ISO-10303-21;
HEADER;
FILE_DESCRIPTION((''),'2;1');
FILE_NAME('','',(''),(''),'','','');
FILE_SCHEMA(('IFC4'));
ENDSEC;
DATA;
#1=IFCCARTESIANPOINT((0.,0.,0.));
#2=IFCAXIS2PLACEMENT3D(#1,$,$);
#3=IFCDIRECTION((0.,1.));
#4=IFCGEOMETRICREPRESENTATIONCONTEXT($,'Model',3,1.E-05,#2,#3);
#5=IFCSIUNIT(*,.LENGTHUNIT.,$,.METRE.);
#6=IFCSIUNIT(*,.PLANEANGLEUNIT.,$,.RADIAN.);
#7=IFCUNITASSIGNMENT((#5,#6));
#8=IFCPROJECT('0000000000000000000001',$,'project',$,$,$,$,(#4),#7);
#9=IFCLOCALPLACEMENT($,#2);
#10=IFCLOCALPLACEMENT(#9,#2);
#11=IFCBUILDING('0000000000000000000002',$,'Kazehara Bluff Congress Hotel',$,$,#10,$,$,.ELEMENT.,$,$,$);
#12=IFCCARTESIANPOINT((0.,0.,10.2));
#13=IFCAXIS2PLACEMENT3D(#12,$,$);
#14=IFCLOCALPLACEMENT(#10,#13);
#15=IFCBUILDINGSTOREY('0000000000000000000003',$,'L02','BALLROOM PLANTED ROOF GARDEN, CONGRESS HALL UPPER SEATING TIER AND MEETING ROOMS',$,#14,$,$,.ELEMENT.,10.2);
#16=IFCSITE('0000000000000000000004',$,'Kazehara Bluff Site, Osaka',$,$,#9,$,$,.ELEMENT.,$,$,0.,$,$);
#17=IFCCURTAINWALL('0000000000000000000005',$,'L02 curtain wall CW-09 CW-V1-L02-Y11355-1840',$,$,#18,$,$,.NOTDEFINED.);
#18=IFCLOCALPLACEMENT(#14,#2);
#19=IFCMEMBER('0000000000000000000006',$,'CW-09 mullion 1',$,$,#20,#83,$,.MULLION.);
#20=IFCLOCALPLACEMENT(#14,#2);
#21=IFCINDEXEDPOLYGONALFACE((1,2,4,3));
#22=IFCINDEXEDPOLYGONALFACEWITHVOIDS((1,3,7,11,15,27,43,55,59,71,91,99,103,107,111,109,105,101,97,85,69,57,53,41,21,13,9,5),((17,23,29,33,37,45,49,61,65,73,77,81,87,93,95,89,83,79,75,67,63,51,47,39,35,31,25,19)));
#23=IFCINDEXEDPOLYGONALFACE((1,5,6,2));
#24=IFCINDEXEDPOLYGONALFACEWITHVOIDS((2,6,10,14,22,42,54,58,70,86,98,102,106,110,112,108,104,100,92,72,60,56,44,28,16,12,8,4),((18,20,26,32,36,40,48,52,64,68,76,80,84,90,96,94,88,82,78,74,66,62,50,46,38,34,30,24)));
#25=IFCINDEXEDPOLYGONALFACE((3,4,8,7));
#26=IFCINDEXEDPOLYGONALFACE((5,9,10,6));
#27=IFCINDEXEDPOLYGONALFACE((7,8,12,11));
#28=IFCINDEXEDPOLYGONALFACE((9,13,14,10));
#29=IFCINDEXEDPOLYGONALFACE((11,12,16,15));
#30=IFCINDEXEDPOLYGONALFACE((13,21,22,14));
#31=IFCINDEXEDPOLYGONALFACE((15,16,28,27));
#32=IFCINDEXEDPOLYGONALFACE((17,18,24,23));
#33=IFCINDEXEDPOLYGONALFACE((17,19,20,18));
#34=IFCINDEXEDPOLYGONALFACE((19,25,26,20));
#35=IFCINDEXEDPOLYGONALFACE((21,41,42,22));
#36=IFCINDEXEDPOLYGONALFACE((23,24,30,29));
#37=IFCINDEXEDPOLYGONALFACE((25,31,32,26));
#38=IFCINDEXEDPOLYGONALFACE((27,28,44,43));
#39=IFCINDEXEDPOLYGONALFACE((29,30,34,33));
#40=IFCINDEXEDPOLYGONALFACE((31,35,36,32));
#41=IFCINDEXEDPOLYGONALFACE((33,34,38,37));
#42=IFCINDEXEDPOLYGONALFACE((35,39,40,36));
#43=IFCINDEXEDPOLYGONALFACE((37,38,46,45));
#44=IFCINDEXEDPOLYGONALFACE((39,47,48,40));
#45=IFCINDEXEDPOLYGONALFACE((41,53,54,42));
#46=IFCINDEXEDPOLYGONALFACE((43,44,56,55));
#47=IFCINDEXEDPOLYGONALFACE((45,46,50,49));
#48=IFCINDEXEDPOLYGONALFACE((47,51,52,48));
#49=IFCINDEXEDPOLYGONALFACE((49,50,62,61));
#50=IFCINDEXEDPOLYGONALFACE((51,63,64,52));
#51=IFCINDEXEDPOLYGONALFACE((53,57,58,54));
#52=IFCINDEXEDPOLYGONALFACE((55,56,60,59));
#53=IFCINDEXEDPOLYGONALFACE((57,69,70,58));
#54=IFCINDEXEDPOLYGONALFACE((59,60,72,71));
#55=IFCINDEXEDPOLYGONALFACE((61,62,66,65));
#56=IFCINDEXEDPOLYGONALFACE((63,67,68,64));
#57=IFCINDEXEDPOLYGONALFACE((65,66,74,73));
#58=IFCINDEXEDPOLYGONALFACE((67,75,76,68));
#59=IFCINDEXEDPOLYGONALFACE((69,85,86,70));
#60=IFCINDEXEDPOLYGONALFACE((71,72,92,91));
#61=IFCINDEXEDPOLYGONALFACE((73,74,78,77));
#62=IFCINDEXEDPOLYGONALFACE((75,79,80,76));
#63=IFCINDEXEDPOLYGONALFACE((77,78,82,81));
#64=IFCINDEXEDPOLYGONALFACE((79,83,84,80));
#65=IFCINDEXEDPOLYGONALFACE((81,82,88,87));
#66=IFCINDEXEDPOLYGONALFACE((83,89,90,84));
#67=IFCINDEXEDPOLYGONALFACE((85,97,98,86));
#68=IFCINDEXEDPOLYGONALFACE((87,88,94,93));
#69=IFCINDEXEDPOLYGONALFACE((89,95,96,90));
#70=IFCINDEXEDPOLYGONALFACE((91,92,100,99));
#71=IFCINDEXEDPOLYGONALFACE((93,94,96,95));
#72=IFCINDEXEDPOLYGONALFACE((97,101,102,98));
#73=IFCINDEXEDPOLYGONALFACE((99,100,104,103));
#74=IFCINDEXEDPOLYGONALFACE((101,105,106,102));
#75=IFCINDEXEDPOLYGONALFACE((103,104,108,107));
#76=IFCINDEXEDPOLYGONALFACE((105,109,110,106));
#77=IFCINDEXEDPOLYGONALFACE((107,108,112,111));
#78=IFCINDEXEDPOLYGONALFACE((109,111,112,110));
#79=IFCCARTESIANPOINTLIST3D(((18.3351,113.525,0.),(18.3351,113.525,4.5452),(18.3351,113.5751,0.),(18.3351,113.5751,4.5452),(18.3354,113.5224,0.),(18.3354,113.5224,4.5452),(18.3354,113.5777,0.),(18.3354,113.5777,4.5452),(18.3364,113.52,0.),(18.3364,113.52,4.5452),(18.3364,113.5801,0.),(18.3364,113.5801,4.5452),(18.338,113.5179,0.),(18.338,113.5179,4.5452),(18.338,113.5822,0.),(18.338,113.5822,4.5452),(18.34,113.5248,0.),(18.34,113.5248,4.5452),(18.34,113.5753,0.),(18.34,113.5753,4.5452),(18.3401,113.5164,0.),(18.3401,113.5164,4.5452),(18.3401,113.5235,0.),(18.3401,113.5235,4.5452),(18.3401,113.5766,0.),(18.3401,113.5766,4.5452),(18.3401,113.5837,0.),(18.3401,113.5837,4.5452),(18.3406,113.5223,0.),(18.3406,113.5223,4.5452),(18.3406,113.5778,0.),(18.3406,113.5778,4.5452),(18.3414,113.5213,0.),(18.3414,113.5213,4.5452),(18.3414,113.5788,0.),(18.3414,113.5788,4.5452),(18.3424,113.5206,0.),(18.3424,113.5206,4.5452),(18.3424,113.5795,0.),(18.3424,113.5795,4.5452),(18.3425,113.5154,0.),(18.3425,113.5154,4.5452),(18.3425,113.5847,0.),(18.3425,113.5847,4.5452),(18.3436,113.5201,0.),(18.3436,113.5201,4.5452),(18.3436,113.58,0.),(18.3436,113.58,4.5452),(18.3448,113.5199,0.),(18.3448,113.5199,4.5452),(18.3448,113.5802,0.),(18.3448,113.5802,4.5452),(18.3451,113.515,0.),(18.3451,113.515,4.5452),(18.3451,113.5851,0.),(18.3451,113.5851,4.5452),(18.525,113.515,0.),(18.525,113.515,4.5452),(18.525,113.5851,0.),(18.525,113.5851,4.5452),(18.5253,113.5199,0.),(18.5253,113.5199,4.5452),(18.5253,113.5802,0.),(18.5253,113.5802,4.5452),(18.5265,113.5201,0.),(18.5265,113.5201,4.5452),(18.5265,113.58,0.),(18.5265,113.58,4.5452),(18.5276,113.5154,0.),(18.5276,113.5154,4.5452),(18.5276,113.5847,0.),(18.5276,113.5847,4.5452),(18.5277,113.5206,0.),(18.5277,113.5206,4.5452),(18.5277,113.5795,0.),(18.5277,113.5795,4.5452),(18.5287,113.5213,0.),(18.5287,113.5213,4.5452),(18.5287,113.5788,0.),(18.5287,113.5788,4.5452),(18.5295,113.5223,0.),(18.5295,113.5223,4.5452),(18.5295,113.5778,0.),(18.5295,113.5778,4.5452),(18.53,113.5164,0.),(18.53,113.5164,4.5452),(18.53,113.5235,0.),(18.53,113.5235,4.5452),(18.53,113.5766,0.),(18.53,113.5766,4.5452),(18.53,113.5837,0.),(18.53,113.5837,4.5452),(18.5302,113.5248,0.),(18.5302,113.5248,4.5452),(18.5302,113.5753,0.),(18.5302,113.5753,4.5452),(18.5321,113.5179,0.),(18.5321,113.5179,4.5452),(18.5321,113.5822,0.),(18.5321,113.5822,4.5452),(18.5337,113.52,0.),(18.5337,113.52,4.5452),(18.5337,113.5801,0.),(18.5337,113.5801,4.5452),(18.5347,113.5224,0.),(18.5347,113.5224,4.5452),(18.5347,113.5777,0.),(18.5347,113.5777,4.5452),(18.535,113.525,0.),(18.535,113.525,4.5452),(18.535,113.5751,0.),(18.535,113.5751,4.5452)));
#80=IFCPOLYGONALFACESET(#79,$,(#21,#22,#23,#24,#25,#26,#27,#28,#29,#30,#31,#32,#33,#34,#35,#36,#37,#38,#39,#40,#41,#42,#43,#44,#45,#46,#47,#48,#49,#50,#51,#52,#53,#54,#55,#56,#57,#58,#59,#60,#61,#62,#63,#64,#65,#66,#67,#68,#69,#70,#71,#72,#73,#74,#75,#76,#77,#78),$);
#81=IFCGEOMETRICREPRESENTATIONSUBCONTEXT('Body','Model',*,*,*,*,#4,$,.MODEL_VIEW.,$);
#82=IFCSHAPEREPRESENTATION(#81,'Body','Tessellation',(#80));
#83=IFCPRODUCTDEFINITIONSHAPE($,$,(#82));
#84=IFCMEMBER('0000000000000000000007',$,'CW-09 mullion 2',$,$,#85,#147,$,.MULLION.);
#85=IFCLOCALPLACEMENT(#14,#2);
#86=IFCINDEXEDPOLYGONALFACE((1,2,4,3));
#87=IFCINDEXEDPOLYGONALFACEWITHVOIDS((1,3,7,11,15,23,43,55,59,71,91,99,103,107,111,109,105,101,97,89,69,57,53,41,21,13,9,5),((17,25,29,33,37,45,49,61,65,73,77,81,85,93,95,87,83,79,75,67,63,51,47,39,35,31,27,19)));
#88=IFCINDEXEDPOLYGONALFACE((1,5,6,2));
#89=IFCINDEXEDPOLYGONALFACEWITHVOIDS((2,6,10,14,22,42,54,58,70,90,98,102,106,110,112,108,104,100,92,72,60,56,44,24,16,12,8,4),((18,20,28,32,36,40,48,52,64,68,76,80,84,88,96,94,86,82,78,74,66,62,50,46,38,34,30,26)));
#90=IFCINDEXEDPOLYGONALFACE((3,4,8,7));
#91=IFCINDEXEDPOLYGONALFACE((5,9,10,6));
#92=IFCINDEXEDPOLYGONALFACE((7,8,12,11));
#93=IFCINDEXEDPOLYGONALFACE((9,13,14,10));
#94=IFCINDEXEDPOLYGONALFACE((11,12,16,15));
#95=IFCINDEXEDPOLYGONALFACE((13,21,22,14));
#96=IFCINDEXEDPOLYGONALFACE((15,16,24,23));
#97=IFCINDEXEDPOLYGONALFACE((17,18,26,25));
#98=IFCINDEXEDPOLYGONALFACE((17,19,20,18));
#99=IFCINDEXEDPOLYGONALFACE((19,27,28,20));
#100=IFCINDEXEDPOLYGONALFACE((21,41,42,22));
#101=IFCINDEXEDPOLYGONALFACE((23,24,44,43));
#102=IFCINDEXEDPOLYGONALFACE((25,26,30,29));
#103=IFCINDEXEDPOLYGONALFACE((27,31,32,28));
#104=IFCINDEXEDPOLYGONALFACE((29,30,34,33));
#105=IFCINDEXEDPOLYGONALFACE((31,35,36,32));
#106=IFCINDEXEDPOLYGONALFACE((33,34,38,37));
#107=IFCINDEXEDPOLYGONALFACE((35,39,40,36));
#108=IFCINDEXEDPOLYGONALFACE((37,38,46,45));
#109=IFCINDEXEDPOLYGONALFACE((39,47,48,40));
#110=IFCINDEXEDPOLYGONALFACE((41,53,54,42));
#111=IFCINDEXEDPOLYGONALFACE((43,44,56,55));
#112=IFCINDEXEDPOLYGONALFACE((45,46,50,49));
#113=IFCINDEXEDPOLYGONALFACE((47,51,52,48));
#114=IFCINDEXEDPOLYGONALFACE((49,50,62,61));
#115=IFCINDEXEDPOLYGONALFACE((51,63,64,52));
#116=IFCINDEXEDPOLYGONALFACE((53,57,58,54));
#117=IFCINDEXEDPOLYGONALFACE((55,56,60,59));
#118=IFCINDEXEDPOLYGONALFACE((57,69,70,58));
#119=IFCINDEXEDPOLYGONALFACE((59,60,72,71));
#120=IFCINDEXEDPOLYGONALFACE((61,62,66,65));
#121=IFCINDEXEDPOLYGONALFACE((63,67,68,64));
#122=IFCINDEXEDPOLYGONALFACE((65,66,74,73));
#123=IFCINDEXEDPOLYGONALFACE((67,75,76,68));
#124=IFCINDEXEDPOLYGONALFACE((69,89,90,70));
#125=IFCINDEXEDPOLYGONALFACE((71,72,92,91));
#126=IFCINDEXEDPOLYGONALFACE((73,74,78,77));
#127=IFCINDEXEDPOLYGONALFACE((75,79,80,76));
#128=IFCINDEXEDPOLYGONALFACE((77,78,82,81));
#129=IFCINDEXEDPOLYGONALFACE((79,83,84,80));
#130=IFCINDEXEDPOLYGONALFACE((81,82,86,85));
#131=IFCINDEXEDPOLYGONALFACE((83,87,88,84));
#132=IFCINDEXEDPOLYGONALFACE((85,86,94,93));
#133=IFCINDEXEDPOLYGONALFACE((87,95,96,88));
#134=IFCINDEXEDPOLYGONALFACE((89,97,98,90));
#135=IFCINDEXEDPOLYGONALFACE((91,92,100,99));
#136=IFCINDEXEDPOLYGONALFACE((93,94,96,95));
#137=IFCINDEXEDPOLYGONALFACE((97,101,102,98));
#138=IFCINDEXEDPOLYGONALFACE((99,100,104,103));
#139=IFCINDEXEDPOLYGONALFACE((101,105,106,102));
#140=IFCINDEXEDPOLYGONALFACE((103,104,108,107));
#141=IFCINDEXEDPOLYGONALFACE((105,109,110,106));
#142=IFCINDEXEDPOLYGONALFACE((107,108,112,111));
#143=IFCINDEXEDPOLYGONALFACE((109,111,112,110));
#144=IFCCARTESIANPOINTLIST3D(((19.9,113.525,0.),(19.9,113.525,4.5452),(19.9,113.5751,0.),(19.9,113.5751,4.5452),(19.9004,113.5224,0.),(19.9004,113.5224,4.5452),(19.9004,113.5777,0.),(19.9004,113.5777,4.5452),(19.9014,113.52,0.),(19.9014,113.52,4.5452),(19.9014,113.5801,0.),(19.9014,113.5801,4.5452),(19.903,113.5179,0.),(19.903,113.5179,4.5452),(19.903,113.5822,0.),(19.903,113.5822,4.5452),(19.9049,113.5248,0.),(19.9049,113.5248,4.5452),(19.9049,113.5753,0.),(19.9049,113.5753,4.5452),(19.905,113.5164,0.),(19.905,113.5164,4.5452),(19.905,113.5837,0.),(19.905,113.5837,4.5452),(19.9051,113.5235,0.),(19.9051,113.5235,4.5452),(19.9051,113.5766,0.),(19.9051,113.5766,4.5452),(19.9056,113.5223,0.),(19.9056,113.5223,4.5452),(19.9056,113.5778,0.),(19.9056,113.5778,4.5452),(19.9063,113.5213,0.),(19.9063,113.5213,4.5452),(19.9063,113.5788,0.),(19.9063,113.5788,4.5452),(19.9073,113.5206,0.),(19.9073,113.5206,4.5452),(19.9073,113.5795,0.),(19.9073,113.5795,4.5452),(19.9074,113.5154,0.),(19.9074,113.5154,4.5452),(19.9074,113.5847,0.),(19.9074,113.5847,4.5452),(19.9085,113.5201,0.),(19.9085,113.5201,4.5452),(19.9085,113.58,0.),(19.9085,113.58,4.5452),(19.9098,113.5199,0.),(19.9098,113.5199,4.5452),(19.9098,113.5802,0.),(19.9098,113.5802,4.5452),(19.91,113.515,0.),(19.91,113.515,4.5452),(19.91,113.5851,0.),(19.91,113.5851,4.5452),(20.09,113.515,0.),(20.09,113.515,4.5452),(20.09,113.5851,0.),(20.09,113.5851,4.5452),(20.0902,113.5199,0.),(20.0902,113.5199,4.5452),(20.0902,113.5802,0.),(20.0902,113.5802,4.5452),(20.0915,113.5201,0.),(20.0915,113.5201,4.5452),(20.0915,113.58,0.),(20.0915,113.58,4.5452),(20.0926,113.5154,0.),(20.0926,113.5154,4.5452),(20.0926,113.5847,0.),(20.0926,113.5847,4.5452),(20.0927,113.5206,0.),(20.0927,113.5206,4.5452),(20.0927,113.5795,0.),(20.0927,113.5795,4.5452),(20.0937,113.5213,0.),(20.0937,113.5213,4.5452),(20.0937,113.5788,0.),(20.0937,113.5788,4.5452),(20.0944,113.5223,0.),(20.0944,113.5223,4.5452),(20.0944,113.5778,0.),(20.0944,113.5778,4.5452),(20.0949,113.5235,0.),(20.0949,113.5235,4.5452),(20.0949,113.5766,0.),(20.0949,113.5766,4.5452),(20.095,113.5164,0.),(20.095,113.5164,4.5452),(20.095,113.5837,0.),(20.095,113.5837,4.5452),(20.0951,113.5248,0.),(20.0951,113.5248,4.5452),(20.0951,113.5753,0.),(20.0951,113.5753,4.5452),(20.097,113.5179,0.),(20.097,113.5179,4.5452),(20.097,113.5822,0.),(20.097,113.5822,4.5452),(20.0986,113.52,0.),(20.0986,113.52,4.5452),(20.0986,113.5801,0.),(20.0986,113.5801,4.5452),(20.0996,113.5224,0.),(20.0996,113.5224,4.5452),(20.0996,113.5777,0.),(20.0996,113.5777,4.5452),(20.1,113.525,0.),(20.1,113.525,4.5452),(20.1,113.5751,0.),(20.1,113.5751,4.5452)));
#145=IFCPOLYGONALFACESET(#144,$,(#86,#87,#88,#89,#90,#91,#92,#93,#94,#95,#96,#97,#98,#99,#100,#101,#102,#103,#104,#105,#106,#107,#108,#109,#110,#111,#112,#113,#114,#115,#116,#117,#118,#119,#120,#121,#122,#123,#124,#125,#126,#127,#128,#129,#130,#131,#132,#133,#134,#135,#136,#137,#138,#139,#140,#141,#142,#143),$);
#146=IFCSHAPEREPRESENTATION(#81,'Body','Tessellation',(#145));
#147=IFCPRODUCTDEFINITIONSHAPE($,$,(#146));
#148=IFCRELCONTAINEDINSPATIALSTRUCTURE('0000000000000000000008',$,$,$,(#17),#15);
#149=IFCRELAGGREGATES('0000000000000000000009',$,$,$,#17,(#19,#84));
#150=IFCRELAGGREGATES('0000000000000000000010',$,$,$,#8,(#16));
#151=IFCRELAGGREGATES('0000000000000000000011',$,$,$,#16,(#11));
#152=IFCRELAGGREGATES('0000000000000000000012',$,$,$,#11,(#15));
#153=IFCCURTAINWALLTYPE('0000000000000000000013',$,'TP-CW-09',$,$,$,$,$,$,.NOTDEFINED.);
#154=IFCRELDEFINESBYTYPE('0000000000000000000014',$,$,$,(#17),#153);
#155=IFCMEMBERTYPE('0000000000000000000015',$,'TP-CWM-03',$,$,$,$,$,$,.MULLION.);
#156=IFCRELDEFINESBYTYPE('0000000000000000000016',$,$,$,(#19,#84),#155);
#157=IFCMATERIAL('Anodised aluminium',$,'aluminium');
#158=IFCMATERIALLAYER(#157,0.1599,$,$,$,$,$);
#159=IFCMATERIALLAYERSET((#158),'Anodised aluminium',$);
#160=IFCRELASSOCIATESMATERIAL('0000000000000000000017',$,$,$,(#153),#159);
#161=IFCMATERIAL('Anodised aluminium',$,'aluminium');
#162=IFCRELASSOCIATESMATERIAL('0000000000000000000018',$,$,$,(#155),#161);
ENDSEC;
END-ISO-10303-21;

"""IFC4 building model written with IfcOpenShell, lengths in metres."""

from ifc_helpers import new_model, si_unit, direction, frame, origin, origin_2d, place, context, subcontext, project, spatial, hollow_rectangle, extrude, material, layer, layer_set, material_profile, profile_set, type_object, element, aggregate, save


model = new_model("IFC4")

# Units and contexts
model_context = context("Model", 3, precision=1e-05, world=origin(), true_north=direction((0.0, 1.0)))
body_context = subcontext(model_context, "Body", "Model", "MODEL_VIEW")
ifc_project = project(units=[si_unit("LENGTHUNIT", "METRE"), si_unit("PLANEANGLEUNIT", "RADIAN")], contexts=[model_context])

# Site, building, storey
site_placement = place(None, origin())
site = spatial("IfcSite", under=ifc_project, at=site_placement, Name="Kazehara Bluff Site, Osaka", CompositionType="ELEMENT", RefElevation=0.0)
building_placement = place(site_placement, origin())
building = spatial("IfcBuilding", under=site, at=building_placement, Name="Kazehara Bluff Congress Hotel", CompositionType="ELEMENT")
storey_placement = place(building_placement, frame((0.0, 0.0, 10.2)))
storey = spatial("IfcBuildingStorey", under=building, at=storey_placement, Name="L02", Description="BALLROOM PLANTED ROOF GARDEN, CONGRESS HALL UPPER SEATING TIER AND MEETING ROOMS", CompositionType="ELEMENT", Elevation=10.2)

# Curtain wall, members
ifc_material_1 = material(Name="Anodised aluminium", Category="aluminium")
ifc_layer_1 = layer(ifc_material_1, 0.1599)
ifc_layer_set_1 = layer_set([ifc_layer_1], Name="Anodised aluminium")
curtain_wall_type = type_object("IfcCurtainWallType", Name="TP-CW-09", PredefinedType="NOTDEFINED", material=ifc_layer_set_1)
curtain_wall_placement = place(storey_placement, origin())
curtain_wall = element("IfcCurtainWall", 1, at=curtain_wall_placement, inside=storey, type_object=curtain_wall_type, Name="L02 curtain wall CW-09 CW-V1-L02-Y11355-1840", PredefinedType="NOTDEFINED")
ifc_material_2 = material(Name="Anodised aluminium", Category="aluminium")
ifc_material_profile_1 = material_profile(ifc_material_2, hollow_rectangle(XDim=0.0701, YDim=0.2, WallThickness=0.0049, InnerFilletRadius=0.0049, OuterFilletRadius=0.01, at=origin_2d()))
ifc_profile_set_1 = profile_set([ifc_material_profile_1], Name="Anodised aluminium")
member_type_1 = type_object("IfcMemberType", Name="TP-CWM-03", PredefinedType="MULLION", material=ifc_profile_set_1)
member_1_placement = place(storey_placement, frame((18.4351, 113.55, 0.0), z_axis=(0.0, 0.0, 1.0), x_axis=(0.0, 1.0, 0.0)))
member_1 = element("IfcMember", 2, at=member_1_placement, type_object=member_type_1, Name="CW-09 mullion 1", PredefinedType="MULLION", context=body_context, shape_type="SweptSolid", body=[
    extrude(hollow_rectangle(XDim=0.0701, YDim=0.2, WallThickness=0.0049, InnerFilletRadius=0.0049, OuterFilletRadius=0.01, at=origin_2d()), origin(), (0.0, 0.0, 1.0), 4.5452),
])
member_2_placement = place(storey_placement, frame((20.0, 113.55, 0.0), z_axis=(0.0, 0.0, 1.0), x_axis=(0.0, 1.0, 0.0)))
member_2 = element("IfcMember", 3, at=member_2_placement, type_object=member_type_1, Name="CW-09 mullion 2", PredefinedType="MULLION", context=body_context, shape_type="SweptSolid", body=[
    extrude(hollow_rectangle(XDim=0.0701, YDim=0.2, WallThickness=0.0049, InnerFilletRadius=0.0049, OuterFilletRadius=0.01, at=origin_2d()), origin(), (0.0, 0.0, 1.0), 4.5452),
])
aggregate(curtain_wall, [member_1, member_2])

save(model, "model.ifc")
